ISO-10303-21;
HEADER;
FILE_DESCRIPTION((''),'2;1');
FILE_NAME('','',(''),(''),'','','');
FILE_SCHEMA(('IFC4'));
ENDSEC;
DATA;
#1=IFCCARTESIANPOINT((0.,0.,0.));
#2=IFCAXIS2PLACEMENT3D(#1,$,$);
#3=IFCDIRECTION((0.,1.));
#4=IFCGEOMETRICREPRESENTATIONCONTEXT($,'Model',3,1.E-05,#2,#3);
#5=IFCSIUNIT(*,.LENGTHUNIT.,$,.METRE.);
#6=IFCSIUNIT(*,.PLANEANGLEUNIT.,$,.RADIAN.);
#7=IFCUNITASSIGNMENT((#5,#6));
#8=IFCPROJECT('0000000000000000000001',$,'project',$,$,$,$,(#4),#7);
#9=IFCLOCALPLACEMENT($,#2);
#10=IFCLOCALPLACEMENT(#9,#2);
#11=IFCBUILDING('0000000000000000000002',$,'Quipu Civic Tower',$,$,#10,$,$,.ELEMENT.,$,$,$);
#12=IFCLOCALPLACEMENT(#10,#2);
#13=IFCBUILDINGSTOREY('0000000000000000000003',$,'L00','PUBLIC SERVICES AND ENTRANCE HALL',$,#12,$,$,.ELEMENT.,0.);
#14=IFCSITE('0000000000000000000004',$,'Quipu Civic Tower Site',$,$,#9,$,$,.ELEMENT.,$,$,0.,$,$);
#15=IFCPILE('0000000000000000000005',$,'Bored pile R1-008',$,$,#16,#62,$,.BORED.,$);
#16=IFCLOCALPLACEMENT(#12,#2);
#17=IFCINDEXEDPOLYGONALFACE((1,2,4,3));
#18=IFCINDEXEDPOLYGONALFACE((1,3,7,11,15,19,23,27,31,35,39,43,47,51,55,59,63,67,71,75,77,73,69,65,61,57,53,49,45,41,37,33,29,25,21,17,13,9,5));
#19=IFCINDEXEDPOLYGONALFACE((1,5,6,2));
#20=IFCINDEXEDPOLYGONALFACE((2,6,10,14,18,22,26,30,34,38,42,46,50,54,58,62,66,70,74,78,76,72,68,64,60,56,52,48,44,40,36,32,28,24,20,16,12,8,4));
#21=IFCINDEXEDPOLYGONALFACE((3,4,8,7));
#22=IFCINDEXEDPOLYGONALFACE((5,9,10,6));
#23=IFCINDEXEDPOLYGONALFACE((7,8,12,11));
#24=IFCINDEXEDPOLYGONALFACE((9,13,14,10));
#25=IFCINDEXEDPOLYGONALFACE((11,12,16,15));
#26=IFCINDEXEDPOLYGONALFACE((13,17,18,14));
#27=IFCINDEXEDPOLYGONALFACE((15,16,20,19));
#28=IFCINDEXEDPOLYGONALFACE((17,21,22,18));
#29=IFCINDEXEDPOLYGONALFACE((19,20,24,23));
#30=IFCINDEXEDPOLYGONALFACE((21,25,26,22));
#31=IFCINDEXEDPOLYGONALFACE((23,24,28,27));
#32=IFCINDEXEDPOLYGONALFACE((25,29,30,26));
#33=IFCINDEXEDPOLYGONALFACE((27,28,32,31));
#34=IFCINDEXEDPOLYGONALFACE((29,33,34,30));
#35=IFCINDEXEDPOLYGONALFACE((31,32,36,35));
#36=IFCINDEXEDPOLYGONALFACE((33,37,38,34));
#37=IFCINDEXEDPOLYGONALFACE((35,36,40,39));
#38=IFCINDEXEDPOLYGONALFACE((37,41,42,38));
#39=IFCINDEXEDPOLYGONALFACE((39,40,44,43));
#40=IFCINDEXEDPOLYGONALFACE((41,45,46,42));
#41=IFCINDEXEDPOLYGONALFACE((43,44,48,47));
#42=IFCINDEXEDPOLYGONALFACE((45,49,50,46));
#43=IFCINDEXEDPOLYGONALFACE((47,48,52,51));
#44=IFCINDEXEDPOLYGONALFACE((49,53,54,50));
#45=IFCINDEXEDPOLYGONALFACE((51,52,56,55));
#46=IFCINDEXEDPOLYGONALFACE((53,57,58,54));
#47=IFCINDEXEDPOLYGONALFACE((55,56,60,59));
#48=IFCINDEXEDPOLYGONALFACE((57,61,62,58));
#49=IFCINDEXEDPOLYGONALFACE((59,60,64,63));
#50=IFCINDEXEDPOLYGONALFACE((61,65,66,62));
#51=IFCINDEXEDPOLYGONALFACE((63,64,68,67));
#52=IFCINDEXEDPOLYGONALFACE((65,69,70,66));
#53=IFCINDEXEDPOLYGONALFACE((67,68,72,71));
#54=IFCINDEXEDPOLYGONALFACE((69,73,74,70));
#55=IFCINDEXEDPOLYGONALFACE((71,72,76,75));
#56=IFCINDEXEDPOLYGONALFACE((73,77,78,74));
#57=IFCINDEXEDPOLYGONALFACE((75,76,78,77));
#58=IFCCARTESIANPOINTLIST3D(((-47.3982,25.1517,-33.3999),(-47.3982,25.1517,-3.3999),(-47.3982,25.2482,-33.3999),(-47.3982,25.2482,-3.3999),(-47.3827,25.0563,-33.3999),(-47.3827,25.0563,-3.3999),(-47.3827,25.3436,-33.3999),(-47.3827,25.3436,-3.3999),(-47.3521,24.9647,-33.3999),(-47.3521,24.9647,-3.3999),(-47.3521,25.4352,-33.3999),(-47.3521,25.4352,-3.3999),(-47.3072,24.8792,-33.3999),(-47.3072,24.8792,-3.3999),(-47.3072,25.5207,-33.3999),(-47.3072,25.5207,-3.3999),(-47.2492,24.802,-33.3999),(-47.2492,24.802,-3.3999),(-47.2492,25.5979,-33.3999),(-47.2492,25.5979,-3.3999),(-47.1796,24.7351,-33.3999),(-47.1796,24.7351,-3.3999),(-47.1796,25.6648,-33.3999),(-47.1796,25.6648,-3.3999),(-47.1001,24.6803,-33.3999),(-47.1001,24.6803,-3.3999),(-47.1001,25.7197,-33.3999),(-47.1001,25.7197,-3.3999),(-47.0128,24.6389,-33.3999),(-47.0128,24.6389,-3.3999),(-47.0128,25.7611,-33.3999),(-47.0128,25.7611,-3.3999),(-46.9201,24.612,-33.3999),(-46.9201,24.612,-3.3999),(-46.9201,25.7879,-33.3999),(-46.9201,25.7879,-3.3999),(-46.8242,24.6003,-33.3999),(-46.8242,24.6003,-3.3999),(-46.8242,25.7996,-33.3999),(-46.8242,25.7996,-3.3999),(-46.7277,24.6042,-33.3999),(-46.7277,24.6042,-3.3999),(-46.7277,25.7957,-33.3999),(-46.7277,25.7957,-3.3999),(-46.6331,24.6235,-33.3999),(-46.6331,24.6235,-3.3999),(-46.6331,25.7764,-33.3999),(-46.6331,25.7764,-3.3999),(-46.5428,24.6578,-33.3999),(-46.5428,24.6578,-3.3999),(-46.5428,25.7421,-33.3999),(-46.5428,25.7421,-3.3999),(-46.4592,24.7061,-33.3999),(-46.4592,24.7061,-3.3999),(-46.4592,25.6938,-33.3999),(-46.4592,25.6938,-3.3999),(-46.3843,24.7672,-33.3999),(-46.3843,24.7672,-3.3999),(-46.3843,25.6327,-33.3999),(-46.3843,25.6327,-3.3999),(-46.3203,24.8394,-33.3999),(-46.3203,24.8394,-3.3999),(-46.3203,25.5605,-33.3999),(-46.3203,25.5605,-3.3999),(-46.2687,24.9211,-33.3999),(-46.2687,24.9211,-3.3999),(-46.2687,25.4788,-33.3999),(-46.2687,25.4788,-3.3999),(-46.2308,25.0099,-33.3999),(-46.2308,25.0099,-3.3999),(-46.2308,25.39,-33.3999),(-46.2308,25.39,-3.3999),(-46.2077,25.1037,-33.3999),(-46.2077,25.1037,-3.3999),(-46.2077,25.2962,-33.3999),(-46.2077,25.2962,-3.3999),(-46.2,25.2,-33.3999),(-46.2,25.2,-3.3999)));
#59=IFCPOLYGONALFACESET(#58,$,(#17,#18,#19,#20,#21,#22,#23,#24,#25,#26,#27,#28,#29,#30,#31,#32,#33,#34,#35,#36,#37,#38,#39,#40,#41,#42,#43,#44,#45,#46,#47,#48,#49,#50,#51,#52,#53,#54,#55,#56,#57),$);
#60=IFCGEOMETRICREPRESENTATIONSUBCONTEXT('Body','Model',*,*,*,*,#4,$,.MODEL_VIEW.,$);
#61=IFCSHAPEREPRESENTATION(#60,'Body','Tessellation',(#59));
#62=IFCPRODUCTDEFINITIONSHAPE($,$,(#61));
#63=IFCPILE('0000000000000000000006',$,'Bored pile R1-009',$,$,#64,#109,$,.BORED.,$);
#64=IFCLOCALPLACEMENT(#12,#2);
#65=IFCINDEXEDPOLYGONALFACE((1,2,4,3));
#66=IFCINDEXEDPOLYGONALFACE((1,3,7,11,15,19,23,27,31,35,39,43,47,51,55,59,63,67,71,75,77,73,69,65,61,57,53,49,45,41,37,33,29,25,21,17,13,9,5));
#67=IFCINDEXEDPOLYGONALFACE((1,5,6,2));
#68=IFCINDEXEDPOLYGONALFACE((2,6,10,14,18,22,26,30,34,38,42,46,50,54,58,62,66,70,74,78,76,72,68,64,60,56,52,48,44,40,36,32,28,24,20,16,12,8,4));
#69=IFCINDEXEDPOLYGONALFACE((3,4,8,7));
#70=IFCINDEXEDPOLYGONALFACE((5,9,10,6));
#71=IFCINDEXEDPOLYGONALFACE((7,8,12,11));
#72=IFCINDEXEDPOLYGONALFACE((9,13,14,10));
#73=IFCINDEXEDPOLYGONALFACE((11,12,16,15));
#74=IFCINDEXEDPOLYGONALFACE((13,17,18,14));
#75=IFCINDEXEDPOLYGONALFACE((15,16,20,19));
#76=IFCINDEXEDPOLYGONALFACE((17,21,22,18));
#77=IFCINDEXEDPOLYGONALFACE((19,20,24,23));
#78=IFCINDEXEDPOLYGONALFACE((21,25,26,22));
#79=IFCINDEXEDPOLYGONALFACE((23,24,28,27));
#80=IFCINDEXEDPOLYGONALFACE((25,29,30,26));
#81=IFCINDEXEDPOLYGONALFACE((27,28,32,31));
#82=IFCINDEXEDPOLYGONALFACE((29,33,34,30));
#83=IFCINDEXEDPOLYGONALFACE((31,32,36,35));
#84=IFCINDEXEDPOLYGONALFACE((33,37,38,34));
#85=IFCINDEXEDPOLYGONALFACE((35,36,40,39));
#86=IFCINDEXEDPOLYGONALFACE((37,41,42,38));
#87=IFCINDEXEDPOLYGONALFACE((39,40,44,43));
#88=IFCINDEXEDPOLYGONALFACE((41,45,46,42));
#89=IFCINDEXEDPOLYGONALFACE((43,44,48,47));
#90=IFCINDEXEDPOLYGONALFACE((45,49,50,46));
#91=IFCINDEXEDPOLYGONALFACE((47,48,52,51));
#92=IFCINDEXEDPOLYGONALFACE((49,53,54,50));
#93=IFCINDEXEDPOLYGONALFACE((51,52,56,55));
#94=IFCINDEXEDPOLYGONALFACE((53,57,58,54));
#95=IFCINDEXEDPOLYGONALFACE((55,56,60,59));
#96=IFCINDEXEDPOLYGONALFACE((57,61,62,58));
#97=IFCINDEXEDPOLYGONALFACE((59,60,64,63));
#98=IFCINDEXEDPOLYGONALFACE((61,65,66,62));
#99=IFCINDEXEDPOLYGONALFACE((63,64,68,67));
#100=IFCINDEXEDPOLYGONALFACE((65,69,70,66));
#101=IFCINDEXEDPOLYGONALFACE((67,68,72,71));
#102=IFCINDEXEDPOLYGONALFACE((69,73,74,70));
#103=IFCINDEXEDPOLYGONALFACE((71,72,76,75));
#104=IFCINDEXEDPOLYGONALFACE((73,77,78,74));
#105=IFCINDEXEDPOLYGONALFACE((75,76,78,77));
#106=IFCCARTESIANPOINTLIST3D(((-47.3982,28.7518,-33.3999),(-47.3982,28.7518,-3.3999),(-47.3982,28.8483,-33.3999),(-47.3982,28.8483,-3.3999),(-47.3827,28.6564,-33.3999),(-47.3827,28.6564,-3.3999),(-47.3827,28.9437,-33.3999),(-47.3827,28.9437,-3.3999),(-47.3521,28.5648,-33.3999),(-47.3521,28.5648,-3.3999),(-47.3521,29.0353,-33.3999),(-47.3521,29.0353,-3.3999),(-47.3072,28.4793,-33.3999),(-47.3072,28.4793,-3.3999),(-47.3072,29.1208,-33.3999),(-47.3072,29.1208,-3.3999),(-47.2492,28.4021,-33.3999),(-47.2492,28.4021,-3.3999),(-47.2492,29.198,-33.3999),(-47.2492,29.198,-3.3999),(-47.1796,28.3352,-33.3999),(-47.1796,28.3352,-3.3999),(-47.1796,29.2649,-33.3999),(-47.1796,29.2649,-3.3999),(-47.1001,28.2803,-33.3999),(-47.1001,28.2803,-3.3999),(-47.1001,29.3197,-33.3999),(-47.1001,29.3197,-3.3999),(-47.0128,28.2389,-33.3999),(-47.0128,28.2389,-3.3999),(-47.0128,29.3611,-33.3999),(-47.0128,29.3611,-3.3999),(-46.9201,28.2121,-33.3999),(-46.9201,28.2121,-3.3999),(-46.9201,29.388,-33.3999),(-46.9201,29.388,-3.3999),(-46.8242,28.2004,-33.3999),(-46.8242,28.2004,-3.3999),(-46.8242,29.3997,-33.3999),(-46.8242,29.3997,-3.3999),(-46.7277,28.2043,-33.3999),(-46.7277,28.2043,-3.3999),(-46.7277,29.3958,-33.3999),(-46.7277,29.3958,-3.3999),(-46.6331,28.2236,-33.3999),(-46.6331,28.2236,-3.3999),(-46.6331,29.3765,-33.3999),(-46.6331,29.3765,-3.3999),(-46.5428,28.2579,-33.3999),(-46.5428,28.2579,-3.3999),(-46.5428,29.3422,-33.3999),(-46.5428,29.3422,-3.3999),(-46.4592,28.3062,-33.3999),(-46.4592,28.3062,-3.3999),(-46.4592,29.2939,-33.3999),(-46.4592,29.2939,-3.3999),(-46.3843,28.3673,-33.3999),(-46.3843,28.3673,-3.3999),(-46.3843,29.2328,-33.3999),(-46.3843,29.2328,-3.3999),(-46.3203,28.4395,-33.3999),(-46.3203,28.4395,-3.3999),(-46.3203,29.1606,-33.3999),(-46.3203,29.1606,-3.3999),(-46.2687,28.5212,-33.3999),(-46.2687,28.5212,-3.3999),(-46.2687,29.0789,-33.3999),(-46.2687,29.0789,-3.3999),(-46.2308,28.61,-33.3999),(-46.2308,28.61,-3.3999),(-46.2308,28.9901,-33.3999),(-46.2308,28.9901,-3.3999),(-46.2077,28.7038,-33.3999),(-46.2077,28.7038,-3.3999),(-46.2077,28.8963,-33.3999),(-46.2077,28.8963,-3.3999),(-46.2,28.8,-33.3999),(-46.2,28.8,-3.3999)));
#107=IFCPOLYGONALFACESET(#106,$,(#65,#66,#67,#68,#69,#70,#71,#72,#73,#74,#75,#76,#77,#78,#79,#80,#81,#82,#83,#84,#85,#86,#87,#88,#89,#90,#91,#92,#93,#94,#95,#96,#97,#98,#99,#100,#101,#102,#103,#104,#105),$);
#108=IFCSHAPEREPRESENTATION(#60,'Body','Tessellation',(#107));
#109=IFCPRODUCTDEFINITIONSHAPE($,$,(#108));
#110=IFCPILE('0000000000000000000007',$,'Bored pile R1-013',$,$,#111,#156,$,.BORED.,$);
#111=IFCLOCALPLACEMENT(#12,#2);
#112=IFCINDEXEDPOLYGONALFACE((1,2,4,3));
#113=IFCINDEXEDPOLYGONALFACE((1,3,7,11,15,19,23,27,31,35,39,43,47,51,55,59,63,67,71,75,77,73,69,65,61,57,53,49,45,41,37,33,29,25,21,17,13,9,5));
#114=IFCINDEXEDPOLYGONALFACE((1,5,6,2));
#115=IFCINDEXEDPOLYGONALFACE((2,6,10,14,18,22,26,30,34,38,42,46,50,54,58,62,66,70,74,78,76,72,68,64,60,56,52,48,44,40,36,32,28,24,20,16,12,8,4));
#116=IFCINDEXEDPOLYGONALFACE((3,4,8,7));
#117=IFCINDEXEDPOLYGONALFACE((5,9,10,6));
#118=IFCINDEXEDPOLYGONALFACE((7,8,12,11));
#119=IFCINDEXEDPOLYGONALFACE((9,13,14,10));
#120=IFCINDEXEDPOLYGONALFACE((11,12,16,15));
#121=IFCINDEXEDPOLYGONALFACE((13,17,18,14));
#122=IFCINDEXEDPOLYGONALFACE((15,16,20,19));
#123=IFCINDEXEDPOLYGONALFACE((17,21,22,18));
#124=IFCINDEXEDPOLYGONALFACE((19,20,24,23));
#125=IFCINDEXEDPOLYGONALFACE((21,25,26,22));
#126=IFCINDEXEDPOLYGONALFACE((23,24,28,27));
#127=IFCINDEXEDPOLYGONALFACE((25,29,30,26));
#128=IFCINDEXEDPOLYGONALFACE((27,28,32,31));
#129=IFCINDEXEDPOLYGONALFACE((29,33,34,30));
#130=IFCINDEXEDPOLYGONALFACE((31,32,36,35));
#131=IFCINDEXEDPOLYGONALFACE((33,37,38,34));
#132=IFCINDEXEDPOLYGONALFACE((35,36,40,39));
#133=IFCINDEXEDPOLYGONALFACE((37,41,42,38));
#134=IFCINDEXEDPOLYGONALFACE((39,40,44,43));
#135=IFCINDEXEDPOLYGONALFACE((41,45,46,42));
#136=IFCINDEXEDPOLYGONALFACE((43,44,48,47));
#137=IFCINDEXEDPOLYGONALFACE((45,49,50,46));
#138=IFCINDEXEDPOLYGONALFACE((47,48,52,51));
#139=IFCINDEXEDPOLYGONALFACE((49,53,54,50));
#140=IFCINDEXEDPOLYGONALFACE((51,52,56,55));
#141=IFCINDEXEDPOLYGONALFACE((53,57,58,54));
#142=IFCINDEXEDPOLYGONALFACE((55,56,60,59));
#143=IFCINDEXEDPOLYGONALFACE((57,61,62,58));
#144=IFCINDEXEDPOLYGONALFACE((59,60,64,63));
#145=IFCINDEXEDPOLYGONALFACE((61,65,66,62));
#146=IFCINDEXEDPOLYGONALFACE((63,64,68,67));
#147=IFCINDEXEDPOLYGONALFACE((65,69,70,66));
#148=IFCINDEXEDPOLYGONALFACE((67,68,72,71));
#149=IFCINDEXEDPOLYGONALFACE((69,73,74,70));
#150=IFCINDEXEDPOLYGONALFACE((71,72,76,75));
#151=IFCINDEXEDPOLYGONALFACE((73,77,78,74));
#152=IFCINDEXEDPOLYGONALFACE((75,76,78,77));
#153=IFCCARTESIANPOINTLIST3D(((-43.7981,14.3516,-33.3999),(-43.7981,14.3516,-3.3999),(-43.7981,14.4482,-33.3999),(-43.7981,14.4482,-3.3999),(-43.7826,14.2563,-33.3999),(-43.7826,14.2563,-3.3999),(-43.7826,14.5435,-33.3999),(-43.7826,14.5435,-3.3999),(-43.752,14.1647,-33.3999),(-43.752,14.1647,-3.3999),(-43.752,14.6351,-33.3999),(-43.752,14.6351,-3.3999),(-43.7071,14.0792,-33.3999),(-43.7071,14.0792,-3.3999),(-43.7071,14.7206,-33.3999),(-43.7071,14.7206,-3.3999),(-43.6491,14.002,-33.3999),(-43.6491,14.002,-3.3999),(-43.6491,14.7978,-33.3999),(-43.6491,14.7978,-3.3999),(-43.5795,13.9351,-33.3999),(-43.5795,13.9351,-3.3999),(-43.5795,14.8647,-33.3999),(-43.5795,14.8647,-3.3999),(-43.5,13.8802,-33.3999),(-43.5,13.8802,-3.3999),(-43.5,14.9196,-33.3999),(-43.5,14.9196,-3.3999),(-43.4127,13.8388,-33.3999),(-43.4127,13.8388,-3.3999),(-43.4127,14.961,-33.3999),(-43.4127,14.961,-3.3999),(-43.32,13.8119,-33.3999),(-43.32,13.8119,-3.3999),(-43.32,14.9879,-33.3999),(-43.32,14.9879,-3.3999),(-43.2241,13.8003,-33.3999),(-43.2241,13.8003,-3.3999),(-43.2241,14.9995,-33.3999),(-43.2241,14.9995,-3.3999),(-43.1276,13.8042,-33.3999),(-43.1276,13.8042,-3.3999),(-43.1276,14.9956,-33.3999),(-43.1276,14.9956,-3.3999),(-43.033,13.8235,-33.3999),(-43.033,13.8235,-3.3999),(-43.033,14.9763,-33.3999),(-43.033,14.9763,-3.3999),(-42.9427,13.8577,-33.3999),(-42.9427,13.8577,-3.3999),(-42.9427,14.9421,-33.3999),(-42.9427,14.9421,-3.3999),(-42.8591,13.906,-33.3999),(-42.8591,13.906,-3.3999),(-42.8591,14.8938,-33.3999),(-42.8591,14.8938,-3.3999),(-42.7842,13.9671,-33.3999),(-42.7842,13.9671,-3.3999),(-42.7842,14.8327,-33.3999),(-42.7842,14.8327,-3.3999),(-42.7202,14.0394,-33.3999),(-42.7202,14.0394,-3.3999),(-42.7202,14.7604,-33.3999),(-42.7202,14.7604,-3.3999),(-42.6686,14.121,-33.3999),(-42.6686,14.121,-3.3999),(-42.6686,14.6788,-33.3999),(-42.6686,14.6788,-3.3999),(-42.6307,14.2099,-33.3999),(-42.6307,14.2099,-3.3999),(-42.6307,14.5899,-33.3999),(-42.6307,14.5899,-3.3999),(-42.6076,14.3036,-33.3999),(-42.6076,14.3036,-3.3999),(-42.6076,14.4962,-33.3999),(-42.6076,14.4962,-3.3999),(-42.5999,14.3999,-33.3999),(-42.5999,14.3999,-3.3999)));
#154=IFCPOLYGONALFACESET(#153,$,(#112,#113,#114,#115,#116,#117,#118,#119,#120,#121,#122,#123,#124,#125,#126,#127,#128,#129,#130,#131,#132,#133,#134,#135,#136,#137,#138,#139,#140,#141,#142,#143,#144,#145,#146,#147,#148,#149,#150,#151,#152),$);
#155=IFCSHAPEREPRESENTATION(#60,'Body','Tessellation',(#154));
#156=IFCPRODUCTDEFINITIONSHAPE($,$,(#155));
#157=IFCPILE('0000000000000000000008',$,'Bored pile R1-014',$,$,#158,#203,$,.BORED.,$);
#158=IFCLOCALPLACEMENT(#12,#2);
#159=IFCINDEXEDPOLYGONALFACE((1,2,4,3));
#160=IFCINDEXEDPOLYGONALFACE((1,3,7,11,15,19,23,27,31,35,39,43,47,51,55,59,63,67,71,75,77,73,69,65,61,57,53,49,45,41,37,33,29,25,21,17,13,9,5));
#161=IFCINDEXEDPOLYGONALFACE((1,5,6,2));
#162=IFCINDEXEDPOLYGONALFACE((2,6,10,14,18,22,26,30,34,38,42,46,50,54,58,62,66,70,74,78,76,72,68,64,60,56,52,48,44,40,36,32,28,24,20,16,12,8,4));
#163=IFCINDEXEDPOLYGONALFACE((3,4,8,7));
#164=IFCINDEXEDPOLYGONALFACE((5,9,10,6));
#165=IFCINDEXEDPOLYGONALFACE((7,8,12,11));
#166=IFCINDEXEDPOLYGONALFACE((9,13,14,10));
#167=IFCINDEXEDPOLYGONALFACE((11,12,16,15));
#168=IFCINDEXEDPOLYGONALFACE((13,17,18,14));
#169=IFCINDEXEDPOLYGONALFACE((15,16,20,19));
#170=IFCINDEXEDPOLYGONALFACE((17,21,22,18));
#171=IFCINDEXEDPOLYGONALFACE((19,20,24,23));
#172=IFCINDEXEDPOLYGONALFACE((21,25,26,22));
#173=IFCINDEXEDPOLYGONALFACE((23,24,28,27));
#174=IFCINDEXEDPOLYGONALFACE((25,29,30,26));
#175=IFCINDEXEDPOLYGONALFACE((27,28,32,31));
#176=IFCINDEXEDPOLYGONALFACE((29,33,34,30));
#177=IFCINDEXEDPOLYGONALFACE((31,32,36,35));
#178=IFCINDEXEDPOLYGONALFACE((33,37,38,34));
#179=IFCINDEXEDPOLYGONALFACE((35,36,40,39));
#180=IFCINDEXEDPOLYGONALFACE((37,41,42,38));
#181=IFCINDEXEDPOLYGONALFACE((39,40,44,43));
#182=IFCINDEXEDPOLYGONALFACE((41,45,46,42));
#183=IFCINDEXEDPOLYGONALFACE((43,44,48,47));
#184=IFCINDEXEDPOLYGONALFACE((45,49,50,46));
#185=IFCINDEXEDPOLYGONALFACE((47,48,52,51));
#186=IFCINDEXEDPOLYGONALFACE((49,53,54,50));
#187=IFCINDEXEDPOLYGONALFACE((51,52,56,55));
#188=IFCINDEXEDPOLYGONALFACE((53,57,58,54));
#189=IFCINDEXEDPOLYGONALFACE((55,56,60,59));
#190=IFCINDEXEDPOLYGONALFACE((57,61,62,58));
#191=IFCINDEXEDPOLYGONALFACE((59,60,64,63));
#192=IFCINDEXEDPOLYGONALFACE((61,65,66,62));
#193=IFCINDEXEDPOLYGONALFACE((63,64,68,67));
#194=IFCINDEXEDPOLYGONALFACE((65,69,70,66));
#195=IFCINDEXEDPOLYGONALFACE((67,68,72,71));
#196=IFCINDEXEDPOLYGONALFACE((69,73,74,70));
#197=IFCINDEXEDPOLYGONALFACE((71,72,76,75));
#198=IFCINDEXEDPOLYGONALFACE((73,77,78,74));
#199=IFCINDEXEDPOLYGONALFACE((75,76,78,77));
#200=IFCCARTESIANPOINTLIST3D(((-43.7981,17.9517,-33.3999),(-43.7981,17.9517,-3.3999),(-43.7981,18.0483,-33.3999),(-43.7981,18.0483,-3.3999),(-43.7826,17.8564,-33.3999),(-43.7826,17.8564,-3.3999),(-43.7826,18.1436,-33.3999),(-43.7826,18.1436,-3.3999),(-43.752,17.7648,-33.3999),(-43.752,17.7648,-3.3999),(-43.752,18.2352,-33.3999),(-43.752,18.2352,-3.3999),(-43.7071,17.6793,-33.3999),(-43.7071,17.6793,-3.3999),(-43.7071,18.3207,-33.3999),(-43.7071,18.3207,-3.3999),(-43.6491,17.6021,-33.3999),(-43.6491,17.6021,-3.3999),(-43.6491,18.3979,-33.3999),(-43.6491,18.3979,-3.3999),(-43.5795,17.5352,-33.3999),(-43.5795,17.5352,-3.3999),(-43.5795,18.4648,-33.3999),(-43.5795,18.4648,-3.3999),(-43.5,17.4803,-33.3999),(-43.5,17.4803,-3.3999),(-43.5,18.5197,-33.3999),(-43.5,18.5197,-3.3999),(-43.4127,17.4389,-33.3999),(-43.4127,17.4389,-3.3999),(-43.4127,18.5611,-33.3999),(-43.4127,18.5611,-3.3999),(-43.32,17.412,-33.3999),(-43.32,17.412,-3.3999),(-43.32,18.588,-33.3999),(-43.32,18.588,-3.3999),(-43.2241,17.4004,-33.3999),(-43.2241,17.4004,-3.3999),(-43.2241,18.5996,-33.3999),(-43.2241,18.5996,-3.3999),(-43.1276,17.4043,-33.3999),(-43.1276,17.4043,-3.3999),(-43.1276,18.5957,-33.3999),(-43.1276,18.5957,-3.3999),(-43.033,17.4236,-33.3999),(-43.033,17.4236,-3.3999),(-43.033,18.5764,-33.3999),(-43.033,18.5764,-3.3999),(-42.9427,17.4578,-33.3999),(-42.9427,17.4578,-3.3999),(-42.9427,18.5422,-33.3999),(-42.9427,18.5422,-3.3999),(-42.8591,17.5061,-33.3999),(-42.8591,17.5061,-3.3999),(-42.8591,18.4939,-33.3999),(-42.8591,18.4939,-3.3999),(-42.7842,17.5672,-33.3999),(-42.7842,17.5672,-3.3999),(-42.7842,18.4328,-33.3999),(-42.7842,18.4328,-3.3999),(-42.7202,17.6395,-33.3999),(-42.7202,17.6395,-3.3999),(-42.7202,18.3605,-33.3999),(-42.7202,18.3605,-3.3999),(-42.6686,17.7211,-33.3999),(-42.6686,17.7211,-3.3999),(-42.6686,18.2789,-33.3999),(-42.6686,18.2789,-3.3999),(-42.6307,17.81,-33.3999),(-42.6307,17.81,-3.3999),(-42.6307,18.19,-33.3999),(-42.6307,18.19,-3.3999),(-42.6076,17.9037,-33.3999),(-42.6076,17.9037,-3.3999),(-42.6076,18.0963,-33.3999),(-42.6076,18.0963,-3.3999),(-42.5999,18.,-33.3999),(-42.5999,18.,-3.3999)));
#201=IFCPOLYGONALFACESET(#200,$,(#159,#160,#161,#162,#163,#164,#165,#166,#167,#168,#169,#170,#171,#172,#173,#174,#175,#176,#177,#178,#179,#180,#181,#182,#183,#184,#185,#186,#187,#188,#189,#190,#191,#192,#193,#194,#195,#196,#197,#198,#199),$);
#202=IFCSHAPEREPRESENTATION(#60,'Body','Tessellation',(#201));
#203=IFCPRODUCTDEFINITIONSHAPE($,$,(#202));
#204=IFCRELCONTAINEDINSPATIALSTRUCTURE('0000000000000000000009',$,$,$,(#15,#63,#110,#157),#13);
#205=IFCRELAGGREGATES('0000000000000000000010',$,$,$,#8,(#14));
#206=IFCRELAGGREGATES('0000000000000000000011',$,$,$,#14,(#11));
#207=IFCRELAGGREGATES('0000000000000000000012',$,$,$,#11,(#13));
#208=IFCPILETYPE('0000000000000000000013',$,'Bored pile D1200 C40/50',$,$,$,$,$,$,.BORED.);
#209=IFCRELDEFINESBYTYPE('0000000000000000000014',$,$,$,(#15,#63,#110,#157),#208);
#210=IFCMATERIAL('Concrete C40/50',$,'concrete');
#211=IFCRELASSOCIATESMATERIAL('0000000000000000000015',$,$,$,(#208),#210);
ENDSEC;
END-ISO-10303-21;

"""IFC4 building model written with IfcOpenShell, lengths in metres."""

from ifc_helpers import new_model, si_unit, direction, frame, origin, origin_2d, place, context, subcontext, project, spatial, circle, extrude, material, material_profile, profile_set, type_object, element, save


model = new_model("IFC4")

# Units and contexts
model_context = context("Model", 3, precision=1e-05, world=origin(), true_north=direction((0.0, 1.0)))
body_context = subcontext(model_context, "Body", "Model", "MODEL_VIEW")
ifc_project = project(units=[si_unit("LENGTHUNIT", "METRE"), si_unit("PLANEANGLEUNIT", "RADIAN")], contexts=[model_context])

# Site, building, storey
site_placement = place(None, origin())
site = spatial("IfcSite", under=ifc_project, at=site_placement, Name="Quipu Civic Tower Site", CompositionType="ELEMENT", RefElevation=0.0)
building_placement = place(site_placement, origin())
building = spatial("IfcBuilding", under=site, at=building_placement, Name="Quipu Civic Tower", CompositionType="ELEMENT")
storey_placement = place(building_placement, origin())
storey = spatial("IfcBuildingStorey", under=building, at=storey_placement, Name="L00", Description="PUBLIC SERVICES AND ENTRANCE HALL", CompositionType="ELEMENT", Elevation=0.0)

# Piles
ifc_material_1 = material(Name="Concrete C40/50", Category="concrete")
ifc_material_profile_1 = material_profile(ifc_material_1, circle(Radius=0.6001, at=origin_2d()), Name="RCD1200")
ifc_profile_set_1 = profile_set([ifc_material_profile_1], Name="Concrete C40/50")
pile_type = type_object("IfcPileType", Name="Bored pile D1200 C40/50", PredefinedType="BORED", material=ifc_profile_set_1)
for number, where, z_axis, x_axis, name in (
    (1, (-46.8, 25.2, -3.3999), (0.0, 0.0, -1.0), (1.0, 0.0, 0.0), "Bored pile R1-008"),
    (2, (-46.8, 28.8, -3.3999), (0.0, 0.0, -1.0), (1.0, 0.0, 0.0), "Bored pile R1-009"),
    (3, (-43.2, 14.3999, -3.3999), (0.0, 0.0, -1.0), (1.0, 0.0, 0.0), "Bored pile R1-013"),
    (4, (-43.2, 18.0, -3.3999), (0.0, 0.0, -1.0), (1.0, 0.0, 0.0), "Bored pile R1-014"),
):
    element("IfcPile", number, at=place(storey_placement, frame(where, z_axis=z_axis, x_axis=x_axis)), inside=storey, type_object=pile_type, Name=name, PredefinedType="BORED", context=body_context, shape_type="SweptSolid", body=[
        extrude(circle(Radius=0.6001, at=origin_2d()), origin(), (0.0, 0.0, 1.0), 30.0),
    ])

save(model, "model.ifc")
